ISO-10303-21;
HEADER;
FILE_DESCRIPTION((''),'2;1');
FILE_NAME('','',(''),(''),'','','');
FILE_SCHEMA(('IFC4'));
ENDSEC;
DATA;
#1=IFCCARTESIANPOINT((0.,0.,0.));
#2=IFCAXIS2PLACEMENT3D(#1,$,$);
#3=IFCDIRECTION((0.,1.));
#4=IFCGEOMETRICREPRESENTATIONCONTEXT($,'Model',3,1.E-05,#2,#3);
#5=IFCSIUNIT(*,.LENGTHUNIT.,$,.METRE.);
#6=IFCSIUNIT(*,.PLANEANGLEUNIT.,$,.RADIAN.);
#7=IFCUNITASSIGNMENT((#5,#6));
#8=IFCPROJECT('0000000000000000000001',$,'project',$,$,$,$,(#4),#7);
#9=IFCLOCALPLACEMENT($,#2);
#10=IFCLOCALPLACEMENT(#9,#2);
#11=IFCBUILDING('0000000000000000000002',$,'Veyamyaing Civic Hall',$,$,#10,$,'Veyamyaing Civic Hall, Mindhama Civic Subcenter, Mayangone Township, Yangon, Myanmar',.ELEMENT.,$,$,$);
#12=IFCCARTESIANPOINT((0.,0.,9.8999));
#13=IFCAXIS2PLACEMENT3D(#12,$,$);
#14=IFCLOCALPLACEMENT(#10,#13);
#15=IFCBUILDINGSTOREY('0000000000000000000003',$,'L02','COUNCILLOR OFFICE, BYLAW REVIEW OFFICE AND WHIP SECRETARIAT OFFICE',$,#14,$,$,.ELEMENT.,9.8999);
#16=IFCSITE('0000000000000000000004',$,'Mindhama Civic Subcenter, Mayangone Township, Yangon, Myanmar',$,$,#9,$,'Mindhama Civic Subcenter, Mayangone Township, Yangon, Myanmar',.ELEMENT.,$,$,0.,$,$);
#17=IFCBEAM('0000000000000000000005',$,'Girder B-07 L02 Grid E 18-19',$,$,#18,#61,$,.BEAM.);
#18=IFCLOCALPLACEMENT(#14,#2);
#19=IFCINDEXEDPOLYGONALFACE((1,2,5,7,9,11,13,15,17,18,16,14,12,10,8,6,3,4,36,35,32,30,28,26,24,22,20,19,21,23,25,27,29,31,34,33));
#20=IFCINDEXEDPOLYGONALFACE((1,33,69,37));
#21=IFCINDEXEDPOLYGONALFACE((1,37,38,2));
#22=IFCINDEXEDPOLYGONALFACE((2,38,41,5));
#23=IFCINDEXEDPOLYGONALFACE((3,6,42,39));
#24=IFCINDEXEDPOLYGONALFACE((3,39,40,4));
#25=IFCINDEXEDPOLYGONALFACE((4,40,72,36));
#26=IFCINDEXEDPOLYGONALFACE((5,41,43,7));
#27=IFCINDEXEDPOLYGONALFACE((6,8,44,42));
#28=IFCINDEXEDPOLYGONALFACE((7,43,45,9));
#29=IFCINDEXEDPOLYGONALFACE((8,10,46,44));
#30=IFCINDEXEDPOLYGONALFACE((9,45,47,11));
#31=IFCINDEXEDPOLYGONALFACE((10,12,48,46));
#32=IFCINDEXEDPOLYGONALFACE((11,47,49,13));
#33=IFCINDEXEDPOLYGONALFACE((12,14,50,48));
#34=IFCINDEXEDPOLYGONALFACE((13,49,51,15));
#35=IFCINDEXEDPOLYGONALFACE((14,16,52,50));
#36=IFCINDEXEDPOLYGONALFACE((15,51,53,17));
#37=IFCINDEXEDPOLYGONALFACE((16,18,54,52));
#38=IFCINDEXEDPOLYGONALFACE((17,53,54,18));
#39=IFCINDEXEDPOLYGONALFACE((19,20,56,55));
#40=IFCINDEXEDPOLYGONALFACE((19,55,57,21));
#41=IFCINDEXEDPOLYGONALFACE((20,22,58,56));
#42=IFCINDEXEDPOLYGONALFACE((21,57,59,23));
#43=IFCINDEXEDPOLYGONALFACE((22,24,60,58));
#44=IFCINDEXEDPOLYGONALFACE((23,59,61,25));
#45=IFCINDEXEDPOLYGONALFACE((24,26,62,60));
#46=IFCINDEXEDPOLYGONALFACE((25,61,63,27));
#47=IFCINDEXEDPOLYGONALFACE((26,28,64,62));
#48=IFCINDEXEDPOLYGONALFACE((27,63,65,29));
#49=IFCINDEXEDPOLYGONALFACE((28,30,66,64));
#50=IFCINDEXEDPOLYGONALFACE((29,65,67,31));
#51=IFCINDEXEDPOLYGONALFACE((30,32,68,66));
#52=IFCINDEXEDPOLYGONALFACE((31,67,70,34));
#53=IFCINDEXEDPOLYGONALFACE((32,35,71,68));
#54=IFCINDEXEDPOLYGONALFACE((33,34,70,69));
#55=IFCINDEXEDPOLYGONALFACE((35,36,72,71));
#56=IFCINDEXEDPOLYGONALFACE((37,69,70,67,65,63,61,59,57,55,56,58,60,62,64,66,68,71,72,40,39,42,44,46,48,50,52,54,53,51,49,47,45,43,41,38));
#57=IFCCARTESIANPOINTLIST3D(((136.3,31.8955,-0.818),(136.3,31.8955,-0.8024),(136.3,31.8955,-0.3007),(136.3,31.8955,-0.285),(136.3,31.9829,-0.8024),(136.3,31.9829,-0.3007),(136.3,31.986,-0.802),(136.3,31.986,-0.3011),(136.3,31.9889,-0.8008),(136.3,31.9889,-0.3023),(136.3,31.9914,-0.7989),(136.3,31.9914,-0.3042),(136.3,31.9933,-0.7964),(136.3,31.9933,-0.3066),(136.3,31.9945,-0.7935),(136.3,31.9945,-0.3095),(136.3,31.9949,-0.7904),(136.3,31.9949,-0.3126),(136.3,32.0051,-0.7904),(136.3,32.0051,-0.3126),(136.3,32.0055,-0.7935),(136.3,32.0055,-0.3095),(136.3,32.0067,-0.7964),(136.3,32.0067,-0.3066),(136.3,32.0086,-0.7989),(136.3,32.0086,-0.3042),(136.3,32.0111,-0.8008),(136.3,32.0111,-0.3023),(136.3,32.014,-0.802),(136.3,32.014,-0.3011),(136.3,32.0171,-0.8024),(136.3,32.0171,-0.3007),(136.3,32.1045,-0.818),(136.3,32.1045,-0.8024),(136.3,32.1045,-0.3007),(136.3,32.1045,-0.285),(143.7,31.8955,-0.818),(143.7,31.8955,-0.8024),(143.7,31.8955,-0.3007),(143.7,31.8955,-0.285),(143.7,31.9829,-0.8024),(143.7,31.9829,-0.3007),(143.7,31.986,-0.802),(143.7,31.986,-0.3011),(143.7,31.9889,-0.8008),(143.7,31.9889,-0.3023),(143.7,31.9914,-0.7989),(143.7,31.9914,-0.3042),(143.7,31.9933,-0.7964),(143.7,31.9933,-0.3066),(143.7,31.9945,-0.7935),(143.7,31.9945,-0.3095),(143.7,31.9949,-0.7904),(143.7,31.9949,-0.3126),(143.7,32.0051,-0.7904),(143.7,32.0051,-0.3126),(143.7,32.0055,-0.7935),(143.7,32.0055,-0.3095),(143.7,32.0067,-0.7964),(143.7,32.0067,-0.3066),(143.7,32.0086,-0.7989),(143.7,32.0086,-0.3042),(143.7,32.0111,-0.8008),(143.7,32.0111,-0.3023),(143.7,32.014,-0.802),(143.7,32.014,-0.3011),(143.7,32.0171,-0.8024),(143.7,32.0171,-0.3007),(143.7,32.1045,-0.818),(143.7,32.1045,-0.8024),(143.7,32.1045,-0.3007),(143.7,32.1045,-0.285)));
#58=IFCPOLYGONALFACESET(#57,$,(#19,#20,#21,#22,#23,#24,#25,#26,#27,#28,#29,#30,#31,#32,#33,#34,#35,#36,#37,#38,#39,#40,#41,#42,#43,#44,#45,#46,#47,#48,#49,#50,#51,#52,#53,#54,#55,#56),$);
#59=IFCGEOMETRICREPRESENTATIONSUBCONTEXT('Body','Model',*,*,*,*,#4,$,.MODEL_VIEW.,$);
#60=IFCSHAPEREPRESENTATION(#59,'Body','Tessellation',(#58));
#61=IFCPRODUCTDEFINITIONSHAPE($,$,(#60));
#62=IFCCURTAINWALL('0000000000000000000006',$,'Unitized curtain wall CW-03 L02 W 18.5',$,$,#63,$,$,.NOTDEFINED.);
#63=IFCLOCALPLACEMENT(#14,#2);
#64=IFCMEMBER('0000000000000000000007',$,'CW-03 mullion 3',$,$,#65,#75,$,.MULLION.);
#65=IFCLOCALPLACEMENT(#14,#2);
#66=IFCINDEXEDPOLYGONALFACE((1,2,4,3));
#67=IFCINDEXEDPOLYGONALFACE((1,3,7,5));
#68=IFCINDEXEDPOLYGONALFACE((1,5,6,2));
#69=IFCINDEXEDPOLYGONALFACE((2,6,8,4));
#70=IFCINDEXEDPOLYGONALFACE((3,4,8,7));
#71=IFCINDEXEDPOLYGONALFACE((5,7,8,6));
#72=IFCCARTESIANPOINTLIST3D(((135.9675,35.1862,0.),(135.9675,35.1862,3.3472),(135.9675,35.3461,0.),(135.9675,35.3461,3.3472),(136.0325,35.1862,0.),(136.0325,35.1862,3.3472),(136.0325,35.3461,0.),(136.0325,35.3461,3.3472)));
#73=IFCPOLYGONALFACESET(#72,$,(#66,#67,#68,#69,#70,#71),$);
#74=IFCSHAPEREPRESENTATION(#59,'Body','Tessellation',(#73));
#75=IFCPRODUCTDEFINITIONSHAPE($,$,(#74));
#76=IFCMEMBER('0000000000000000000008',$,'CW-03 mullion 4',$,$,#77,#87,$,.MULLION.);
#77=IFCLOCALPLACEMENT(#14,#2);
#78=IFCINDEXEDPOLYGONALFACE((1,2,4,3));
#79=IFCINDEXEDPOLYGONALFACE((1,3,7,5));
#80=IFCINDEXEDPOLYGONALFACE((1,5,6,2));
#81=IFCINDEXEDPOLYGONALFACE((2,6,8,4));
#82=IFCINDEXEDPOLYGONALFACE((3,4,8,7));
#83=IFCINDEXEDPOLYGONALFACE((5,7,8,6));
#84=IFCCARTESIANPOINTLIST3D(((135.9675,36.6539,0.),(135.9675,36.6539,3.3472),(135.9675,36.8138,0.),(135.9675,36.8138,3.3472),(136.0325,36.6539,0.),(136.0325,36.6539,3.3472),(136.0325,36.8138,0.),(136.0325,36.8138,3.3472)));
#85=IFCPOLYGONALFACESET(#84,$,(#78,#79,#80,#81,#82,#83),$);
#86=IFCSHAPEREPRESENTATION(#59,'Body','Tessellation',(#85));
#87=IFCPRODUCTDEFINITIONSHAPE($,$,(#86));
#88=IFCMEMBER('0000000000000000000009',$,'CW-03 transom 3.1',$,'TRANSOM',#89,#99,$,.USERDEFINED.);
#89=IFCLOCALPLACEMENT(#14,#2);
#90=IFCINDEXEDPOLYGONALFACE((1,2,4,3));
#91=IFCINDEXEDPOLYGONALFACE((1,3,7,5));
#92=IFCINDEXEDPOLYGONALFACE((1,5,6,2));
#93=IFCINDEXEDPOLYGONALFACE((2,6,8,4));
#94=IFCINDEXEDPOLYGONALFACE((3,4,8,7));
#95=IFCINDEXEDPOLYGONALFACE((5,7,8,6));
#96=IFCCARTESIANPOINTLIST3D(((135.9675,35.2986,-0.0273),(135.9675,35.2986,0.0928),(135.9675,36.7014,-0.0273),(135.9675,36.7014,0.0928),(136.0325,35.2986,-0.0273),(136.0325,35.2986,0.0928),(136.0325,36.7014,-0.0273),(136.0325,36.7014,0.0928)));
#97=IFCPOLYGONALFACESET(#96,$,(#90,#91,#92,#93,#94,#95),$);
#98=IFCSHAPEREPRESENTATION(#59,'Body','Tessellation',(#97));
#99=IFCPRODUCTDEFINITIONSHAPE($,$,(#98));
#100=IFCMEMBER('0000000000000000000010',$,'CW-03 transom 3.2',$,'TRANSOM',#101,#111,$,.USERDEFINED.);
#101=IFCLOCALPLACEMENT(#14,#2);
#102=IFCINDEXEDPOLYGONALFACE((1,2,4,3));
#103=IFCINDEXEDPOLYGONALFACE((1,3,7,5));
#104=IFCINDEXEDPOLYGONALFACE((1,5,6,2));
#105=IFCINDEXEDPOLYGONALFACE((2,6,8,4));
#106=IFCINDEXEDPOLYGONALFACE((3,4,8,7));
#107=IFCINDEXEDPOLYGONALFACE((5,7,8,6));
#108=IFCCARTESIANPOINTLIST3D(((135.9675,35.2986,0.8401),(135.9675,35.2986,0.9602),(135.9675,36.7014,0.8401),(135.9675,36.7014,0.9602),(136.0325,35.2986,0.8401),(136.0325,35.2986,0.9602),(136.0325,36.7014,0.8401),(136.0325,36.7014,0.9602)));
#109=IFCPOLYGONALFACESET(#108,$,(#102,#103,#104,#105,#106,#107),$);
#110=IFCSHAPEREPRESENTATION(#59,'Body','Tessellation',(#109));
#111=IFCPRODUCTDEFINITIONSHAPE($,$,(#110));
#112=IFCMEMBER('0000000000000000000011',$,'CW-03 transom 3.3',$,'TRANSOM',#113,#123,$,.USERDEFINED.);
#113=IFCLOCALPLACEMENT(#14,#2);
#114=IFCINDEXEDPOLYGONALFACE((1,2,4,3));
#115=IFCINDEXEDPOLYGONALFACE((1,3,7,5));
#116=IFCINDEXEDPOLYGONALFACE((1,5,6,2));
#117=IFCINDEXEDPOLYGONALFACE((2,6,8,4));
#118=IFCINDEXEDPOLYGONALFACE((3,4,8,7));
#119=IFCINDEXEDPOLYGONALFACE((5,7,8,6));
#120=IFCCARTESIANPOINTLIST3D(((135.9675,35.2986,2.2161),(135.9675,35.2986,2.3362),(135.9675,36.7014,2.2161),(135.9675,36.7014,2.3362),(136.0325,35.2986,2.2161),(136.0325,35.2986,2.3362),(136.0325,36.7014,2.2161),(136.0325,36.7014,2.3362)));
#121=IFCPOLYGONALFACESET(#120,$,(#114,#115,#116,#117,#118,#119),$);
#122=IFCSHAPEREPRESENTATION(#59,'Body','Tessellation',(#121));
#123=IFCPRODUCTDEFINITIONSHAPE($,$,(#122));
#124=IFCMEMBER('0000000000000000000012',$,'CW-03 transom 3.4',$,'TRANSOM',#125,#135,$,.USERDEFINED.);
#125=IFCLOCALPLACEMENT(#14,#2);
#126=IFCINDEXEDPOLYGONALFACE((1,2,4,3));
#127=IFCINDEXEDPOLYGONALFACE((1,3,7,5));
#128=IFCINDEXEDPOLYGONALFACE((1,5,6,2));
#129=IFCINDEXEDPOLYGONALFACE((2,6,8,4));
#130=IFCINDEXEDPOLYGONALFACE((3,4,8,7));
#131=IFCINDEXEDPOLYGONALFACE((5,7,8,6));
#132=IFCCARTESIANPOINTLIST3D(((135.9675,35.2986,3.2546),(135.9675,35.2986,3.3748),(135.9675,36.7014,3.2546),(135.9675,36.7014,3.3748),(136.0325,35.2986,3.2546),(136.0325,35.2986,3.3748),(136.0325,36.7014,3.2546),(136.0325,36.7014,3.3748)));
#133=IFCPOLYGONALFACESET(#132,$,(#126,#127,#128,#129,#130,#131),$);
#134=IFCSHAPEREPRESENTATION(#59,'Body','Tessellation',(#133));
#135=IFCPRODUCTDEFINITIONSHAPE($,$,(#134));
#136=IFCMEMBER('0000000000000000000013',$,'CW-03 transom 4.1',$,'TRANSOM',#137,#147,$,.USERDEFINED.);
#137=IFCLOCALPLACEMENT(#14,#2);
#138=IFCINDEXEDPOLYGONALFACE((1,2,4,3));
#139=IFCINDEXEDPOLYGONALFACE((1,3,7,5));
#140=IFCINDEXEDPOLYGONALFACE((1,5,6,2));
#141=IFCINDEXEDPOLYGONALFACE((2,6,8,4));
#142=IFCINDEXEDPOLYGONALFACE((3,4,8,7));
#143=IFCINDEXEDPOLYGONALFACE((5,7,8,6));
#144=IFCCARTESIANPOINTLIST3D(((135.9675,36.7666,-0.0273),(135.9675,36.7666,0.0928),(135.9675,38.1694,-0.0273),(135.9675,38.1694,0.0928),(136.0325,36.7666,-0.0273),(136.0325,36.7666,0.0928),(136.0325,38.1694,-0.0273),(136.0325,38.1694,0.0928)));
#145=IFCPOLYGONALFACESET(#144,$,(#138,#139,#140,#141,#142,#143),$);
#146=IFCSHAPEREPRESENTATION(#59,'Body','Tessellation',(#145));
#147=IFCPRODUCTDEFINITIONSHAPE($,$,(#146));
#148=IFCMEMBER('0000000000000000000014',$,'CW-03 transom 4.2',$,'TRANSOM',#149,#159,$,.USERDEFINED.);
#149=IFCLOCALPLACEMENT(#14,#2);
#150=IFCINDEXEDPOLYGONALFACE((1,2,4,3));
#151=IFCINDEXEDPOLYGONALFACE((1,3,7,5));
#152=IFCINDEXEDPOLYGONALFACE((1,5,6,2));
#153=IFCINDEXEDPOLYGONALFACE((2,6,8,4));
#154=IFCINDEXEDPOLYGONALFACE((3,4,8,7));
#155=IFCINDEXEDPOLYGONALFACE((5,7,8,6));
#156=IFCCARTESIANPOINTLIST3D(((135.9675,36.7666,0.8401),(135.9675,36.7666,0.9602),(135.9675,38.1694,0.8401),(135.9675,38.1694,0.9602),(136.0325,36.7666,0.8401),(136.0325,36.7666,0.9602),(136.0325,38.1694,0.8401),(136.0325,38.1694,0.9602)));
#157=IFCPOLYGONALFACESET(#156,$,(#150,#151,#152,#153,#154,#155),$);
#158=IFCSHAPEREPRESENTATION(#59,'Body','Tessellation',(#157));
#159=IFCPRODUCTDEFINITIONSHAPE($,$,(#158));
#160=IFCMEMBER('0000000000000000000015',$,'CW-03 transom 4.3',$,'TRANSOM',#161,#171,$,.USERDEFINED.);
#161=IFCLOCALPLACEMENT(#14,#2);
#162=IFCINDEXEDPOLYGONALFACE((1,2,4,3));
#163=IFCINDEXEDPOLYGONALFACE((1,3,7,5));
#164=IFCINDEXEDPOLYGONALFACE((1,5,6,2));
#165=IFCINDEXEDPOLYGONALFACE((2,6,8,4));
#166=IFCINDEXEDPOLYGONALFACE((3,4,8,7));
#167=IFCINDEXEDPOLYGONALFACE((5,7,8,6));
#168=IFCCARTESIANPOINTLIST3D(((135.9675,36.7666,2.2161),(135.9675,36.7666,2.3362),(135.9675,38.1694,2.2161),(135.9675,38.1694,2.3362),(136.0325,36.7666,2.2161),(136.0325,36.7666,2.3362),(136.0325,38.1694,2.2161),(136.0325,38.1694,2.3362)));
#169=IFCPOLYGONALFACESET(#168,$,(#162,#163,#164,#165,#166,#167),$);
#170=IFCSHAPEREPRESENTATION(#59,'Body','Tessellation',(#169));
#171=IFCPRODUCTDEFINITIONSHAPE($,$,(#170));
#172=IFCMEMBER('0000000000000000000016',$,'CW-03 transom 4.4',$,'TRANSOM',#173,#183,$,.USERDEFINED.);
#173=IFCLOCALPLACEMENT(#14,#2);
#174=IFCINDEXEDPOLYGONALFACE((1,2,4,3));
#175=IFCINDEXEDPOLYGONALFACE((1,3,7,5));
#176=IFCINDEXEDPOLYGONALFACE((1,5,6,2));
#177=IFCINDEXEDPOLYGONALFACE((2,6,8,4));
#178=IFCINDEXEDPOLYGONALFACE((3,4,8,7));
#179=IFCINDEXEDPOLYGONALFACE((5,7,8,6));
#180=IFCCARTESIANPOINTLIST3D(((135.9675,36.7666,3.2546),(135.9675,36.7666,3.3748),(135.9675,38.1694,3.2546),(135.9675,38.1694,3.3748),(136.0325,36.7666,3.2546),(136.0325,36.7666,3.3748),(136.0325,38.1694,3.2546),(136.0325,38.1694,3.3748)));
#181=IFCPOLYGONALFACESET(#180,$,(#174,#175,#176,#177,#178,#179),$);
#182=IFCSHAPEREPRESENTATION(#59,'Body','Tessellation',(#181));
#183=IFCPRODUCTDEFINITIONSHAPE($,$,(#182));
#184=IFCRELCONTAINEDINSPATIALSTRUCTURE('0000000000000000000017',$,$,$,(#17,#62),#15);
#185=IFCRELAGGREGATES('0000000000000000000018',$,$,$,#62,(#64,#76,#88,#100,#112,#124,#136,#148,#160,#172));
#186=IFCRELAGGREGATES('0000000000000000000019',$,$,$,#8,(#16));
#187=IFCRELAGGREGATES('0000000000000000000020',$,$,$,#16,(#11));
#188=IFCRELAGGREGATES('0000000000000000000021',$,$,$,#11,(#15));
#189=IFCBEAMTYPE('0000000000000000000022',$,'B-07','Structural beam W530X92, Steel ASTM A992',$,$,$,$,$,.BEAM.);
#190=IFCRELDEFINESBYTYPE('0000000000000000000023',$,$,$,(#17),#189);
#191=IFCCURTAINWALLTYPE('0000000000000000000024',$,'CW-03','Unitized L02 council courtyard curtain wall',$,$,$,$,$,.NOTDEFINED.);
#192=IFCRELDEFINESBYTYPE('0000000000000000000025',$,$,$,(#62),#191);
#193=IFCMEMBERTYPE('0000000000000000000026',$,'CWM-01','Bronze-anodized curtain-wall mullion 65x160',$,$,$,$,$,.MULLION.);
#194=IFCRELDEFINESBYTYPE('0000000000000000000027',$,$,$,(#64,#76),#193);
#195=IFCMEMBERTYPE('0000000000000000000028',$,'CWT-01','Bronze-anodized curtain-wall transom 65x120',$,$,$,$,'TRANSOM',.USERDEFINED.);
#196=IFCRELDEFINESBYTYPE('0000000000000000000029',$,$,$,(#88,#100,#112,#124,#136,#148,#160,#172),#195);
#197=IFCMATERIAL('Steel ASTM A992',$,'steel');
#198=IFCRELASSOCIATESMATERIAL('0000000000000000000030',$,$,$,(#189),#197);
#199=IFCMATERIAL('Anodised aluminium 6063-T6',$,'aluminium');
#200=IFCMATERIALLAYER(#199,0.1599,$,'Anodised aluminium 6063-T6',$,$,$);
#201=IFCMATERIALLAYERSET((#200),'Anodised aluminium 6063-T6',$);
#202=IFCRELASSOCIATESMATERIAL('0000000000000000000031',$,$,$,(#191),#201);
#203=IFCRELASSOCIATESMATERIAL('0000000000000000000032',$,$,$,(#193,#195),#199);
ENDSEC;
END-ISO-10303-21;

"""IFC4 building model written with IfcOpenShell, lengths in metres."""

from ifc_helpers import new_model, si_unit, direction, frame, origin, origin_2d, place, context, subcontext, project, spatial, rectangle, i_section, extrude, material, layer, layer_set, material_profile, profile_set, type_object, element, aggregate, save


model = new_model("IFC4")

# Units and contexts
model_context = context("Model", 3, precision=1e-05, world=origin(), true_north=direction((0.0, 1.0)))
body_context = subcontext(model_context, "Body", "Model", "MODEL_VIEW")
ifc_project = project(units=[si_unit("LENGTHUNIT", "METRE"), si_unit("PLANEANGLEUNIT", "RADIAN")], contexts=[model_context])

# Site, building, storey
site_placement = place(None, origin())
site = spatial("IfcSite", under=ifc_project, at=site_placement, Name="Mindhama Civic Subcenter, Mayangone Township, Yangon, Myanmar", LongName="Mindhama Civic Subcenter, Mayangone Township, Yangon, Myanmar", CompositionType="ELEMENT", RefElevation=0.0)
building_placement = place(site_placement, origin())
building = spatial("IfcBuilding", under=site, at=building_placement, Name="Veyamyaing Civic Hall", LongName="Veyamyaing Civic Hall, Mindhama Civic Subcenter, Mayangone Township, Yangon, Myanmar", CompositionType="ELEMENT")
storey_placement = place(building_placement, frame((0.0, 0.0, 9.8999)))
storey = spatial("IfcBuildingStorey", under=building, at=storey_placement, Name="L02", Description="COUNCILLOR OFFICE, BYLAW REVIEW OFFICE AND WHIP SECRETARIAT OFFICE", CompositionType="ELEMENT", Elevation=9.8999)

# Beam
ifc_material_1 = material(Name="Steel ASTM A992", Category="steel")
ifc_material_profile_1 = material_profile(ifc_material_1, i_section(OverallWidth=0.209, OverallDepth=0.533, WebThickness=0.0103, FlangeThickness=0.0156, FilletRadius=0.012, at=origin_2d()), Name="W530X92")
ifc_profile_set_1 = profile_set([ifc_material_profile_1], Name="Steel ASTM A992")
beam_type_1 = type_object("IfcBeamType", Name="B-07", Description="Structural beam W530X92, Steel ASTM A992", PredefinedType="BEAM", material=ifc_profile_set_1)
beam_1_placement = place(storey_placement, frame((136.3, 32.0, -0.5515), z_axis=(1.0, 0.0, 0.0), x_axis=(0.0, 1.0, 0.0)))
element("IfcBeam", 1, at=beam_1_placement, inside=storey, type_object=beam_type_1, Name="Girder B-07 L02 Grid E 18-19", PredefinedType="BEAM", context=body_context, shape_type="SweptSolid", body=[
    extrude(i_section(OverallWidth=0.209, OverallDepth=0.533, WebThickness=0.0103, FlangeThickness=0.0156, FilletRadius=0.012, at=origin_2d()), origin(), (0.0, 0.0, 1.0), 7.3999),
])

# Curtain wall, members
ifc_material_2 = material(Name="Anodised aluminium 6063-T6", Category="aluminium")
ifc_layer_1 = layer(ifc_material_2, 0.1599, Name="Anodised aluminium 6063-T6")
ifc_layer_set_1 = layer_set([ifc_layer_1], Name="Anodised aluminium 6063-T6")
curtain_wall_type = type_object("IfcCurtainWallType", Name="CW-03", Description="Unitized L02 council courtyard curtain wall", PredefinedType="NOTDEFINED", material=ifc_layer_set_1)
curtain_wall_placement = place(storey_placement, origin())
curtain_wall = element("IfcCurtainWall", 2, at=curtain_wall_placement, inside=storey, type_object=curtain_wall_type, Name="Unitized curtain wall CW-03 L02 W 18.5", PredefinedType="NOTDEFINED")
ifc_material_profile_2 = material_profile(ifc_material_2, rectangle(XDim=0.0649, YDim=0.1599, at=origin_2d()), Name="ALU-MUL-65X160")
ifc_profile_set_2 = profile_set([ifc_material_profile_2], Name="Anodised aluminium 6063-T6")
member_type_1 = type_object("IfcMemberType", Name="CWM-01", Description="Bronze-anodized curtain-wall mullion 65x160", PredefinedType="MULLION", material=ifc_profile_set_2)
member_1_placement = place(storey_placement, frame((136.0, 35.2661, 0.0), z_axis=(0.0, 0.0, 1.0), x_axis=(-1.0, 0.0, 0.0)))
member_1 = element("IfcMember", 3, at=member_1_placement, type_object=member_type_1, Name="CW-03 mullion 3", PredefinedType="MULLION", context=body_context, shape_type="SweptSolid", body=[
    extrude(rectangle(XDim=0.0649, YDim=0.1599, at=origin_2d()), origin(), (0.0, 0.0, 1.0), 3.3472),
])
member_2_placement = place(storey_placement, frame((136.0, 36.7339, 0.0), z_axis=(0.0, 0.0, 1.0), x_axis=(-1.0, 0.0, 0.0)))
member_2 = element("IfcMember", 4, at=member_2_placement, type_object=member_type_1, Name="CW-03 mullion 4", PredefinedType="MULLION", context=body_context, shape_type="SweptSolid", body=[
    extrude(rectangle(XDim=0.0649, YDim=0.1599, at=origin_2d()), origin(), (0.0, 0.0, 1.0), 3.3472),
])
ifc_material_profile_3 = material_profile(ifc_material_2, rectangle(XDim=0.0649, YDim=0.1201, at=origin_2d()), Name="ALU-TRN-65X120")
ifc_profile_set_3 = profile_set([ifc_material_profile_3], Name="Anodised aluminium 6063-T6")
member_type_2 = type_object("IfcMemberType", Name="CWT-01", Description="Bronze-anodized curtain-wall transom 65x120", ElementType="TRANSOM", PredefinedType="USERDEFINED", material=ifc_profile_set_3)
member_3_placement = place(storey_placement, frame((136.0, 35.2986, 0.0327), z_axis=(0.0, 1.0, 0.0), x_axis=(-1.0, 0.0, 0.0)))
member_3 = element("IfcMember", 5, at=member_3_placement, type_object=member_type_2, Name="CW-03 transom 3.1", ObjectType="TRANSOM", PredefinedType="USERDEFINED", context=body_context, shape_type="SweptSolid", body=[
    extrude(rectangle(XDim=0.0649, YDim=0.1201, at=origin_2d()), origin(), (0.0, 0.0, 1.0), 1.4028),
])
member_4_placement = place(storey_placement, frame((136.0, 35.2986, 0.9001), z_axis=(0.0, 1.0, 0.0), x_axis=(-1.0, 0.0, 0.0)))
member_4 = element("IfcMember", 6, at=member_4_placement, type_object=member_type_2, Name="CW-03 transom 3.2", ObjectType="TRANSOM", PredefinedType="USERDEFINED", context=body_context, shape_type="SweptSolid", body=[
    extrude(rectangle(XDim=0.0649, YDim=0.1201, at=origin_2d()), origin(), (0.0, 0.0, 1.0), 1.4028),
])
member_5_placement = place(storey_placement, frame((136.0, 35.2986, 2.2761), z_axis=(0.0, 1.0, 0.0), x_axis=(-1.0, 0.0, 0.0)))
member_5 = element("IfcMember", 7, at=member_5_placement, type_object=member_type_2, Name="CW-03 transom 3.3", ObjectType="TRANSOM", PredefinedType="USERDEFINED", context=body_context, shape_type="SweptSolid", body=[
    extrude(rectangle(XDim=0.0649, YDim=0.1201, at=origin_2d()), origin(), (0.0, 0.0, 1.0), 1.4028),
])
member_6_placement = place(storey_placement, frame((136.0, 35.2986, 3.3147), z_axis=(0.0, 1.0, 0.0), x_axis=(-1.0, 0.0, 0.0)))
member_6 = element("IfcMember", 8, at=member_6_placement, type_object=member_type_2, Name="CW-03 transom 3.4", ObjectType="TRANSOM", PredefinedType="USERDEFINED", context=body_context, shape_type="SweptSolid", body=[
    extrude(rectangle(XDim=0.0649, YDim=0.1201, at=origin_2d()), origin(), (0.0, 0.0, 1.0), 1.4028),
])
member_7_placement = place(storey_placement, frame((136.0, 36.7666, 0.0327), z_axis=(0.0, 1.0, 0.0), x_axis=(-1.0, 0.0, 0.0)))
member_7 = element("IfcMember", 9, at=member_7_placement, type_object=member_type_2, Name="CW-03 transom 4.1", ObjectType="TRANSOM", PredefinedType="USERDEFINED", context=body_context, shape_type="SweptSolid", body=[
    extrude(rectangle(XDim=0.0649, YDim=0.1201, at=origin_2d()), origin(), (0.0, 0.0, 1.0), 1.4028),
])
member_8_placement = place(storey_placement, frame((136.0, 36.7666, 0.9001), z_axis=(0.0, 1.0, 0.0), x_axis=(-1.0, 0.0, 0.0)))
member_8 = element("IfcMember", 10, at=member_8_placement, type_object=member_type_2, Name="CW-03 transom 4.2", ObjectType="TRANSOM", PredefinedType="USERDEFINED", context=body_context, shape_type="SweptSolid", body=[
    extrude(rectangle(XDim=0.0649, YDim=0.1201, at=origin_2d()), origin(), (0.0, 0.0, 1.0), 1.4028),
])
member_9_placement = place(storey_placement, frame((136.0, 36.7666, 2.2761), z_axis=(0.0, 1.0, 0.0), x_axis=(-1.0, 0.0, 0.0)))
member_9 = element("IfcMember", 11, at=member_9_placement, type_object=member_type_2, Name="CW-03 transom 4.3", ObjectType="TRANSOM", PredefinedType="USERDEFINED", context=body_context, shape_type="SweptSolid", body=[
    extrude(rectangle(XDim=0.0649, YDim=0.1201, at=origin_2d()), origin(), (0.0, 0.0, 1.0), 1.4028),
])
member_10_placement = place(storey_placement, frame((136.0, 36.7666, 3.3147), z_axis=(0.0, 1.0, 0.0), x_axis=(-1.0, 0.0, 0.0)))
member_10 = element("IfcMember", 12, at=member_10_placement, type_object=member_type_2, Name="CW-03 transom 4.4", ObjectType="TRANSOM", PredefinedType="USERDEFINED", context=body_context, shape_type="SweptSolid", body=[
    extrude(rectangle(XDim=0.0649, YDim=0.1201, at=origin_2d()), origin(), (0.0, 0.0, 1.0), 1.4028),
])

aggregate(curtain_wall, [member_1, member_2, member_3, member_4, member_5, member_6, member_7, member_8, member_9, member_10])

save(model, "model.ifc")
